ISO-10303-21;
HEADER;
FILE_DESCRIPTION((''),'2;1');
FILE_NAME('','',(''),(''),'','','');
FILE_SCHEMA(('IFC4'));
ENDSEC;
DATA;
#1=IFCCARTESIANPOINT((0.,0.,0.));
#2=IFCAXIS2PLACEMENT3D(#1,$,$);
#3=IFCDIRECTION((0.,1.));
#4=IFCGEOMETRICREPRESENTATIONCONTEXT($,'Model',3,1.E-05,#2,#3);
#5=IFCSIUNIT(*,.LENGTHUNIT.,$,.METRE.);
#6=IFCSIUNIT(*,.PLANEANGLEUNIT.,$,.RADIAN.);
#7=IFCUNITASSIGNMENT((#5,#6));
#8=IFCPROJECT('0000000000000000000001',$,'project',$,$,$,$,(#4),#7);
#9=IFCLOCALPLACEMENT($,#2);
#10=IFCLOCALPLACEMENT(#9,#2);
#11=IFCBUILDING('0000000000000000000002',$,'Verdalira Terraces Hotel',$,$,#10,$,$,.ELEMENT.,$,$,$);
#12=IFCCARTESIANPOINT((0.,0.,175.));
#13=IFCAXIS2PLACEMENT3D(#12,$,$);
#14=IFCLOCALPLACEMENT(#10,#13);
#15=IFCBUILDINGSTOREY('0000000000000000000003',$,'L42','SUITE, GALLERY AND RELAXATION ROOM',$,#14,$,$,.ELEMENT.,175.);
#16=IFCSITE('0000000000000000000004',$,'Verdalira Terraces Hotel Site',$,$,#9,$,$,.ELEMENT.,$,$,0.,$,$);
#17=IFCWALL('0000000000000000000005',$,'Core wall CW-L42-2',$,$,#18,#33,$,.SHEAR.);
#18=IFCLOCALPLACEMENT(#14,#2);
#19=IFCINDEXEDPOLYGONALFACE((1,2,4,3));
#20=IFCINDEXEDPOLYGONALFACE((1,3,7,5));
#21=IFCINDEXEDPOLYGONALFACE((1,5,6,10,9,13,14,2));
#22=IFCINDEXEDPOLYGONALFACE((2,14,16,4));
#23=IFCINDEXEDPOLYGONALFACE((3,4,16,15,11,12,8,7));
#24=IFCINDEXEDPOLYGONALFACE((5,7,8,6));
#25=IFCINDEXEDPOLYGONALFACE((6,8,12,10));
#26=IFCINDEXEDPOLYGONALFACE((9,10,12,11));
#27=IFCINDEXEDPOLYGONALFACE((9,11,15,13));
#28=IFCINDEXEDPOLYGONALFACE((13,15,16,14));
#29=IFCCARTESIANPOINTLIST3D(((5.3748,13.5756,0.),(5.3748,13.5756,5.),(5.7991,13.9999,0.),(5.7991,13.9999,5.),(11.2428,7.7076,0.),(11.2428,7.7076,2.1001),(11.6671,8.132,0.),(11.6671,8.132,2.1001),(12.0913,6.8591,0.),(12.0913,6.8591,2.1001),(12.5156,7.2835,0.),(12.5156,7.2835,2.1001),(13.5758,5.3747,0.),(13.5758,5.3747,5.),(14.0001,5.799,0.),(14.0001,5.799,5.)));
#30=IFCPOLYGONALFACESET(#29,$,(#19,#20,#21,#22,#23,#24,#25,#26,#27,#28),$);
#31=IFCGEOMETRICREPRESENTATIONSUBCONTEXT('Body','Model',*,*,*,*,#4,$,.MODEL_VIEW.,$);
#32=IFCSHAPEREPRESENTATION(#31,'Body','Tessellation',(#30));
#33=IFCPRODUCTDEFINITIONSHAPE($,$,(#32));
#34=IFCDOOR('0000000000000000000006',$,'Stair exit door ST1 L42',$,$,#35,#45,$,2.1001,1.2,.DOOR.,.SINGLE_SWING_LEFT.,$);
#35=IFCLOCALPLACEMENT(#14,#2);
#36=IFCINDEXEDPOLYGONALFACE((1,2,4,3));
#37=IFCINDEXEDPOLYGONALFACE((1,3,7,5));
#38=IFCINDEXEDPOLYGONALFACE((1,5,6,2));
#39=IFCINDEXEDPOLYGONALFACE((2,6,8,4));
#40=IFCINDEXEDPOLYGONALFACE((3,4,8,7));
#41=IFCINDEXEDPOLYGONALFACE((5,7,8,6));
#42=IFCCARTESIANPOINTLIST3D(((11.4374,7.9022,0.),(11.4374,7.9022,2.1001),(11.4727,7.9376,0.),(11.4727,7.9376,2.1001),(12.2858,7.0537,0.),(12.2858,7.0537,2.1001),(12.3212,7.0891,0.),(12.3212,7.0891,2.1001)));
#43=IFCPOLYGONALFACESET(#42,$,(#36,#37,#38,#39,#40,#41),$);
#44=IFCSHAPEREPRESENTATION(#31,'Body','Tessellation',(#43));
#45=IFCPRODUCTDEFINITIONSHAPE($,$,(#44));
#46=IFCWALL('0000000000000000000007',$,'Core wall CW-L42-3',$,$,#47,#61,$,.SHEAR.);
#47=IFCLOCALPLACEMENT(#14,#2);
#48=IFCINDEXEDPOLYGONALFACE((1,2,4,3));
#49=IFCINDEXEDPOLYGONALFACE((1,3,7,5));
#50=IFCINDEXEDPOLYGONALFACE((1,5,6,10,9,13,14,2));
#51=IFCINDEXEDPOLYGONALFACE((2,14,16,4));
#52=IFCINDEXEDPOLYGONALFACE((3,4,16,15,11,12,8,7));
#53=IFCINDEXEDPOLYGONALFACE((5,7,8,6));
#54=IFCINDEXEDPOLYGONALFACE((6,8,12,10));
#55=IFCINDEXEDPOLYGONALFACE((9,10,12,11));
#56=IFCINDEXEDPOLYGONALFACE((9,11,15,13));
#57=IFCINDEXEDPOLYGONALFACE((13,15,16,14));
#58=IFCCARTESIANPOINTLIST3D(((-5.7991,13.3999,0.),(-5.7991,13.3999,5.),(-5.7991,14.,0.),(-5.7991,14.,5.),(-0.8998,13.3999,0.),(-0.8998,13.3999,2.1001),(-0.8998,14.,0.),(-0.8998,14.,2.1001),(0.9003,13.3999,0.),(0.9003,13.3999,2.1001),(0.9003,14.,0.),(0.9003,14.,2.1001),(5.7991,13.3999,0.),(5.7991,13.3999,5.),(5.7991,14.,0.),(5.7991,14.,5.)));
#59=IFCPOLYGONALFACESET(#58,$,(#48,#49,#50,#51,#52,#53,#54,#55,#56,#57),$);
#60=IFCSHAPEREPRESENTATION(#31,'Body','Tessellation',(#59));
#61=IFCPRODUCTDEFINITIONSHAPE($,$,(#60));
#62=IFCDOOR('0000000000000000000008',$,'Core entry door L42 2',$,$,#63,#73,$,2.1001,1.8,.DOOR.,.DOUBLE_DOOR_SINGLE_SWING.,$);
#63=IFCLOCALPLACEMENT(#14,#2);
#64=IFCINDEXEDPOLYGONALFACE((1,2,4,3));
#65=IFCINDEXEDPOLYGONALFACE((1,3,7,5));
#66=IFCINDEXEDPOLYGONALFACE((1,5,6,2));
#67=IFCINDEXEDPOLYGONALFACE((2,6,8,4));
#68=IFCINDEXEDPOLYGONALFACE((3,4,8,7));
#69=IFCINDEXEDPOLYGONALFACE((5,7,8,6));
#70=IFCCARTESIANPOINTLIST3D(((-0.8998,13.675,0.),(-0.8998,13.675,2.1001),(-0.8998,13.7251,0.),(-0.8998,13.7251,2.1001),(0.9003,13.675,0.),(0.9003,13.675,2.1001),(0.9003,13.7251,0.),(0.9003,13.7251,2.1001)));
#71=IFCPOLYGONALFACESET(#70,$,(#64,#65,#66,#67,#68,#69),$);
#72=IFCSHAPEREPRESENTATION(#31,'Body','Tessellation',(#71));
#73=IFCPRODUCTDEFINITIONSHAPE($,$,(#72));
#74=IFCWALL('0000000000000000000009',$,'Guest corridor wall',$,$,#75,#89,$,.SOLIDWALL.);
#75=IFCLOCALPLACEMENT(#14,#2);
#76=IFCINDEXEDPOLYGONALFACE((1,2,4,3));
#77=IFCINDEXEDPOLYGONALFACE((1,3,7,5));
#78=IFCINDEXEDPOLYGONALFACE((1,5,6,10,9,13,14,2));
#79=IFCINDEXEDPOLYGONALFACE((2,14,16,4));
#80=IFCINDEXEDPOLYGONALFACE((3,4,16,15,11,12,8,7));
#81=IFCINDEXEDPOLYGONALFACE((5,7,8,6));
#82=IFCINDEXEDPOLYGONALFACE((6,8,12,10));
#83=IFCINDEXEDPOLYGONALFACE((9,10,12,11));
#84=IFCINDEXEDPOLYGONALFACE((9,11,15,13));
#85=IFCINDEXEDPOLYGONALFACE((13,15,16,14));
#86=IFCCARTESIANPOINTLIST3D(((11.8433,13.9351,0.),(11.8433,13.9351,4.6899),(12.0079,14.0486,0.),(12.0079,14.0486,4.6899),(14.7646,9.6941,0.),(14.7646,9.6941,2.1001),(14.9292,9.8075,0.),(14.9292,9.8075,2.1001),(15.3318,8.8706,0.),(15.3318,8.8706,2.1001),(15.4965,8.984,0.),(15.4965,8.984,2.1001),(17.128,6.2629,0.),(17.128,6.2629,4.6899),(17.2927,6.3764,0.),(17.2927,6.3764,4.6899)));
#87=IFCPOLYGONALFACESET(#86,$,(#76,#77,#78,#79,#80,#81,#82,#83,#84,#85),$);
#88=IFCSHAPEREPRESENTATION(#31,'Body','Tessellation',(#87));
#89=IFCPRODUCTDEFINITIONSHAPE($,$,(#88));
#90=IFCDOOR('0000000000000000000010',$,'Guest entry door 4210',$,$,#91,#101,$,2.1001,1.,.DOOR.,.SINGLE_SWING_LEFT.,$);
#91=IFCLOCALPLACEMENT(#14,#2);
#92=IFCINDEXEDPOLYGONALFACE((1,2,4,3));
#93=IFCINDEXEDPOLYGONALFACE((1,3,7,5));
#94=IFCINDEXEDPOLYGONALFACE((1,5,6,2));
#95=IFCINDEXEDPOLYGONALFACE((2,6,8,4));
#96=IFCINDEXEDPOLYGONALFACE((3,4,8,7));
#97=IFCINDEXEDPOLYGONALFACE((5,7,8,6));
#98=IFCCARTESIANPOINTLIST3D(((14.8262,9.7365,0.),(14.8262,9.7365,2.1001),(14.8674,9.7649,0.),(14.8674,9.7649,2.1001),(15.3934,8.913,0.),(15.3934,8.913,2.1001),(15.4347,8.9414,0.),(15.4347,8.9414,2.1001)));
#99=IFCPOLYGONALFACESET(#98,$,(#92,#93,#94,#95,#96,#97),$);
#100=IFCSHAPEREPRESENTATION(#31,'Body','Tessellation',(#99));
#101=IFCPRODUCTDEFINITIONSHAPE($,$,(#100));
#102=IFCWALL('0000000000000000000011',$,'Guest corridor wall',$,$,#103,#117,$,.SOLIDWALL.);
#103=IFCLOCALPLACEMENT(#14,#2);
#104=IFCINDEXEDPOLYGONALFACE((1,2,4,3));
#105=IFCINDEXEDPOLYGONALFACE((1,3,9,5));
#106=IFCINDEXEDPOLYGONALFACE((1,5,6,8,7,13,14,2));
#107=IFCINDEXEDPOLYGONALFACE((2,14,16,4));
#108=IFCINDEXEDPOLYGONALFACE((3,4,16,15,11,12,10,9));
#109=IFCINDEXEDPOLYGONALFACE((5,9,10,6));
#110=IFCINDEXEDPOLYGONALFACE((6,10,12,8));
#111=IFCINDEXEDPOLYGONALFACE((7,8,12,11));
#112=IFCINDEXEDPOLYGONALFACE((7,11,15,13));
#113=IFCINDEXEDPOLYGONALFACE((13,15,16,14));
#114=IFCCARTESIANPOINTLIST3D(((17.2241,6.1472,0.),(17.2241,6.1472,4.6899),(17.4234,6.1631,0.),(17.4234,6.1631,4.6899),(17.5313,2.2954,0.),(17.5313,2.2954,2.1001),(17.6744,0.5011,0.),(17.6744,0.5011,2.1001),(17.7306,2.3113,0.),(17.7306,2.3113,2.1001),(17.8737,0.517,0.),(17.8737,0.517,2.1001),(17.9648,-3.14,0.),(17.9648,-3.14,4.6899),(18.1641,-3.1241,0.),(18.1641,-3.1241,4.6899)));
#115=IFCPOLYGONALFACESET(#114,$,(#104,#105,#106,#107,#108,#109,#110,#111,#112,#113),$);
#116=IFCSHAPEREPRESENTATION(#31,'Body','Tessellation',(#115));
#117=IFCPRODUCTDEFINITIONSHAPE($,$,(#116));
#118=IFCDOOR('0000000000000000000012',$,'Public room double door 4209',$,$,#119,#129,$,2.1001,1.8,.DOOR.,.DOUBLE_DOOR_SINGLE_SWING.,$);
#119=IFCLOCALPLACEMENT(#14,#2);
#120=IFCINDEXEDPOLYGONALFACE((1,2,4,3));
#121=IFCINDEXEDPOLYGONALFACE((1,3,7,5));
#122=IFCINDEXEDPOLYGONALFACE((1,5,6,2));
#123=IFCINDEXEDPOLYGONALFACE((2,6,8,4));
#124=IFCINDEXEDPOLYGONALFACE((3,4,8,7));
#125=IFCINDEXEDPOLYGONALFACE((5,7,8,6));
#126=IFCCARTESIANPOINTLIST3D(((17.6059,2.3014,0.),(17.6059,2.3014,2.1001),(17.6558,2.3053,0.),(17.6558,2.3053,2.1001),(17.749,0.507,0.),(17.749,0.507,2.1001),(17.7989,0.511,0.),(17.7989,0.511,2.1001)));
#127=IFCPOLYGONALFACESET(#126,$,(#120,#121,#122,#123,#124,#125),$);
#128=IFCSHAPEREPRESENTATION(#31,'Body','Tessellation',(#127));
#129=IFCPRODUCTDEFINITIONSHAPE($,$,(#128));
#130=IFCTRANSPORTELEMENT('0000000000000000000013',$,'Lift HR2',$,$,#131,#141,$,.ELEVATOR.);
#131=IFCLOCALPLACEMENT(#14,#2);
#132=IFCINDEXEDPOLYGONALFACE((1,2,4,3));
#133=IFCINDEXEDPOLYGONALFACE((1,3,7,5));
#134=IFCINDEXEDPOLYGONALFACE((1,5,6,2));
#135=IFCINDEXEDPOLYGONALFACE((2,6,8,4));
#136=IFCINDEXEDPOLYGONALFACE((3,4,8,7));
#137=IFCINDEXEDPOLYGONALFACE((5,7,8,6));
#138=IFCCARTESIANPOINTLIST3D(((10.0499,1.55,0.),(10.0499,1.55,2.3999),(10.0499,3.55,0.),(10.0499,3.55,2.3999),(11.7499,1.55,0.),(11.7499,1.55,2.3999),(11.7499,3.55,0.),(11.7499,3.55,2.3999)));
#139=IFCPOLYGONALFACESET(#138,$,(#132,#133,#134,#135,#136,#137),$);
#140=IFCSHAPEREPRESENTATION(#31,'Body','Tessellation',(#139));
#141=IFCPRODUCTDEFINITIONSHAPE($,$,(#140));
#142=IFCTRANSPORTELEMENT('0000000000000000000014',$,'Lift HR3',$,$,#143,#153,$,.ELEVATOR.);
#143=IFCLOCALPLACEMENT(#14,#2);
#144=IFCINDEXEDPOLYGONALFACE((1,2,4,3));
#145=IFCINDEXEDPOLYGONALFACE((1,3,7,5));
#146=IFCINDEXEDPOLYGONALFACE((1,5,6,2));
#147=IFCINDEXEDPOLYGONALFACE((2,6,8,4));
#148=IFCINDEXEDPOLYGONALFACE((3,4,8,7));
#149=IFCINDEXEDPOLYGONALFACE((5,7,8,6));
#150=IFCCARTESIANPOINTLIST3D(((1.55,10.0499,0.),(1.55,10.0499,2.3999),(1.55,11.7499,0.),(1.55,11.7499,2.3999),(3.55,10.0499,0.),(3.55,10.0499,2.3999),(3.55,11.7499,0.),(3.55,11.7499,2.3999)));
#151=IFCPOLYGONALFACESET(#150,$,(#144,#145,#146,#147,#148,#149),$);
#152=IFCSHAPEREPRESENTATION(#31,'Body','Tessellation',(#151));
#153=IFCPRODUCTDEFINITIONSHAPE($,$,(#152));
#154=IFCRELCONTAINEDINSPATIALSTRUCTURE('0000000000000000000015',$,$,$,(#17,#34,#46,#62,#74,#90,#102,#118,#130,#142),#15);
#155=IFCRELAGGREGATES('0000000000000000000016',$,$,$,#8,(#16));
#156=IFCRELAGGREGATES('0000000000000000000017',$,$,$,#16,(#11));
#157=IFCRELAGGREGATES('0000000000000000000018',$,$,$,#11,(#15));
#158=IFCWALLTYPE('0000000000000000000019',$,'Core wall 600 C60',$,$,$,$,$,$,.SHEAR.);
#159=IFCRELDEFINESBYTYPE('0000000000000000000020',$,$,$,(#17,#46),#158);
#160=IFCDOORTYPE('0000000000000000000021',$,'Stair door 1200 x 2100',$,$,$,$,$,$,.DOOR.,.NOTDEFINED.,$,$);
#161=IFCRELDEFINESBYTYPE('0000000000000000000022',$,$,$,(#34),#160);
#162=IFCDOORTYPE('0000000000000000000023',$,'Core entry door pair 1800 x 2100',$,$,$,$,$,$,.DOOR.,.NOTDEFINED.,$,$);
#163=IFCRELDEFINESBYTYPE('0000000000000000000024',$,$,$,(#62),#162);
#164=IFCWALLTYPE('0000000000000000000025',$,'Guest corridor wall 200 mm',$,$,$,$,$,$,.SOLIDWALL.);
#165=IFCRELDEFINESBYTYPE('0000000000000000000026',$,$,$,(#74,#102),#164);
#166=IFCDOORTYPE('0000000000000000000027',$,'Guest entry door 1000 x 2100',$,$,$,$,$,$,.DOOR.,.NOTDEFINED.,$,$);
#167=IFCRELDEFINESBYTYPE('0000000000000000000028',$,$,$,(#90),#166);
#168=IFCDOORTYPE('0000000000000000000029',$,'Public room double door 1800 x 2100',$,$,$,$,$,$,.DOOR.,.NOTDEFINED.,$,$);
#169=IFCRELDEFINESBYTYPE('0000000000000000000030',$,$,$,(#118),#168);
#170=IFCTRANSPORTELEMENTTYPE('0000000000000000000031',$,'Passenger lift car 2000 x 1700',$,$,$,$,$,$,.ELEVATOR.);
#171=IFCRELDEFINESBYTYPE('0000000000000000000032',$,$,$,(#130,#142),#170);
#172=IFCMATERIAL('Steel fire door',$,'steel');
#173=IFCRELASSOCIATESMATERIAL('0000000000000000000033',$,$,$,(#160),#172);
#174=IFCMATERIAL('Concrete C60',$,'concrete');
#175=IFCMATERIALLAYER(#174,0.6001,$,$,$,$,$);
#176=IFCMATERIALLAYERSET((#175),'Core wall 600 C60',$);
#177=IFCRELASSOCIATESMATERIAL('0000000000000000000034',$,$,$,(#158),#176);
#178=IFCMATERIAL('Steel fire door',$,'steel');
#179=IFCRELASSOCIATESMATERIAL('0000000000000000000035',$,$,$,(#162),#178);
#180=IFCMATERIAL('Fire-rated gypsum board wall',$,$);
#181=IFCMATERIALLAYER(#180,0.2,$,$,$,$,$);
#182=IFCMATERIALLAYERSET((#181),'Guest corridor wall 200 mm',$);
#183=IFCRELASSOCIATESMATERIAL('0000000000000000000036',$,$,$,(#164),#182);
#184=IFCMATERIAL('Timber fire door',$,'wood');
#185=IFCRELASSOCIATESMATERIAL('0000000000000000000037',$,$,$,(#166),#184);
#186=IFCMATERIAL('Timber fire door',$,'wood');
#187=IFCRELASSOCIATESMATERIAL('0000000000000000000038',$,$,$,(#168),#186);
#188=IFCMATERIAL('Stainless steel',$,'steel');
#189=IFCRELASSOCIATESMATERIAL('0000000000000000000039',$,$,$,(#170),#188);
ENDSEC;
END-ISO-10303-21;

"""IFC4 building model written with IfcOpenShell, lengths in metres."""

from ifc_helpers import new_model, si_unit, direction, frame, frame_2d, origin, origin_2d, place, context, subcontext, project, spatial, rectangle, extrude, material, layer, layer_set, type_object, element, fill, save


model = new_model("IFC4")

# Units and contexts
model_context = context("Model", 3, precision=1e-05, world=origin(), true_north=direction((0.0, 1.0)))
body_context = subcontext(model_context, "Body", "Model", "MODEL_VIEW")
ifc_project = project(units=[si_unit("LENGTHUNIT", "METRE"), si_unit("PLANEANGLEUNIT", "RADIAN")], contexts=[model_context])

# Site, building, storey
site_placement = place(None, origin())
site = spatial("IfcSite", under=ifc_project, at=site_placement, Name="Verdalira Terraces Hotel Site", CompositionType="ELEMENT", RefElevation=0.0)
building_placement = place(site_placement, origin())
building = spatial("IfcBuilding", under=site, at=building_placement, Name="Verdalira Terraces Hotel", CompositionType="ELEMENT")
storey_placement = place(building_placement, frame((0.0, 0.0, 175.0)))
storey = spatial("IfcBuildingStorey", under=building, at=storey_placement, Name="L42", Description="SUITE, GALLERY AND RELAXATION ROOM", CompositionType="ELEMENT", Elevation=175.0)

# Shared definitions
ifc_material_1 = material(Name="Steel fire door", Category="steel")
door_type_1 = type_object("IfcDoorType", Name="Stair door 1200 x 2100", OperationType="NOTDEFINED", PredefinedType="DOOR", material=ifc_material_1)

# Walls, openings, doors
ifc_material_2 = material(Name="Concrete C60", Category="concrete")
ifc_layer_1 = layer(ifc_material_2, 0.6001)
ifc_layer_set_1 = layer_set([ifc_layer_1], Name="Core wall 600 C60")
wall_type_1 = type_object("IfcWallType", Name="Core wall 600 C60", PredefinedType="SHEAR", material=ifc_layer_set_1)
wall_1_placement = place(storey_placement, frame((13.7878, 5.5869, 0.0), z_axis=(0.0, 0.0, 1.0), x_axis=(-0.707107, 0.707107, 0.0)))
wall_1 = element("IfcWall", 1, at=wall_1_placement, inside=storey, type_object=wall_type_1, Name="Core wall CW-L42-2", PredefinedType="SHEAR", context=body_context, shape_type="SweptSolid", body=[
    extrude(rectangle(XDim=11.5979, YDim=0.6001, at=frame_2d((5.7988, 0.0))), origin(), (0.0, 0.0, 1.0), 5.0),
])
opening_1_placement = place(wall_1_placement, frame((2.0991, 0.0, 0.0)))
opening_1 = element("IfcOpeningElement", 2, at=opening_1_placement, cuts=wall_1, PredefinedType="OPENING", context=body_context, shape_type="SweptSolid", body=[
    extrude(rectangle(XDim=1.2, YDim=2.1001, at=frame_2d((0.6001, 1.05))), frame((0.0, 0.3101, 0.0), z_axis=(0.0, -1.0, 0.0), x_axis=(1.0, 0.0, 0.0)), (0.0, 0.0, 1.0), 0.6201),
])
door_1_placement = place(opening_1_placement, origin())
door_1 = element("IfcDoor", 3, at=door_1_placement, inside=storey, type_object=door_type_1, Name="Stair exit door ST1 L42", OperationType="SINGLE_SWING_LEFT", OverallHeight=2.1001, OverallWidth=1.2, PredefinedType="DOOR", context=body_context, shape_type="SweptSolid", body=[
    extrude(rectangle(XDim=1.2, YDim=2.1001, at=frame_2d((0.6001, 1.05))), frame((0.0, 0.0249, 0.0), z_axis=(0.0, -1.0, 0.0), x_axis=(1.0, 0.0, 0.0)), (0.0, 0.0, 1.0), 0.05),
])
fill(opening_1, door_1)
wall_2_placement = place(storey_placement, frame((5.7991, 13.7, 0.0), z_axis=(0.0, 0.0, 1.0), x_axis=(-1.0, 0.0, 0.0)))
wall_2 = element("IfcWall", 4, at=wall_2_placement, inside=storey, type_object=wall_type_1, Name="Core wall CW-L42-3", PredefinedType="SHEAR", context=body_context, shape_type="SweptSolid", body=[
    extrude(rectangle(XDim=11.5981, YDim=0.6001, at=frame_2d((5.7991, 0.0))), origin(), (0.0, 0.0, 1.0), 5.0),
])
opening_2_placement = place(wall_2_placement, frame((4.8989, 0.0, 0.0)))
opening_2 = element("IfcOpeningElement", 5, at=opening_2_placement, cuts=wall_2, PredefinedType="OPENING", context=body_context, shape_type="SweptSolid", body=[
    extrude(rectangle(XDim=1.8, YDim=2.1001, at=frame_2d((0.8999, 1.05))), frame((0.0, 0.3101, 0.0), z_axis=(0.0, -1.0, 0.0), x_axis=(1.0, 0.0, 0.0)), (0.0, 0.0, 1.0), 0.6201),
])
ifc_material_3 = material(Name="Steel fire door", Category="steel")
door_type_2 = type_object("IfcDoorType", Name="Core entry door pair 1800 x 2100", OperationType="NOTDEFINED", PredefinedType="DOOR", material=ifc_material_3)
door_2_placement = place(opening_2_placement, origin())
door_2 = element("IfcDoor", 6, at=door_2_placement, inside=storey, type_object=door_type_2, Name="Core entry door L42 2", OperationType="DOUBLE_DOOR_SINGLE_SWING", OverallHeight=2.1001, OverallWidth=1.8, PredefinedType="DOOR", context=body_context, shape_type="SweptSolid", body=[
    extrude(rectangle(XDim=1.8, YDim=2.1001, at=frame_2d((0.8999, 1.05))), frame((0.0, 0.0249, 0.0), z_axis=(0.0, -1.0, 0.0), x_axis=(1.0, 0.0, 0.0)), (0.0, 0.0, 1.0), 0.05),
])
fill(opening_2, door_2)
ifc_material_4 = material(Name="Fire-rated gypsum board wall")
ifc_layer_2 = layer(ifc_material_4, 0.2)
ifc_layer_set_2 = layer_set([ifc_layer_2], Name="Guest corridor wall 200 mm")
wall_type_2 = type_object("IfcWallType", Name="Guest corridor wall 200 mm", PredefinedType="SOLIDWALL", material=ifc_layer_set_2)
wall_3_placement = place(storey_placement, frame((11.9255, 13.9919, 0.0), z_axis=(0.0, 0.0, 1.0), x_axis=(0.567264, -0.823536, 0.0)))
wall_3 = element("IfcWall", 7, at=wall_3_placement, inside=storey, type_object=wall_type_2, Name="Guest corridor wall", PredefinedType="SOLIDWALL", context=body_context, shape_type="SweptSolid", body=[
    extrude(rectangle(XDim=9.3162, YDim=0.2, at=frame_2d((4.6582, 0.0))), origin(), (0.0, 0.0, 1.0), 4.6899),
])
opening_3_placement = place(wall_3_placement, frame((5.1499, 0.0, 0.0)))
opening_3 = element("IfcOpeningElement", 8, at=opening_3_placement, cuts=wall_3, PredefinedType="OPENING", context=body_context, shape_type="SweptSolid", body=[
    extrude(rectangle(XDim=1.0, YDim=2.1001, at=frame_2d((0.5, 1.05))), frame((0.0, 0.1099, 0.0), z_axis=(0.0, -1.0, 0.0), x_axis=(1.0, 0.0, 0.0)), (0.0, 0.0, 1.0), 0.22),
])
ifc_material_5 = material(Name="Timber fire door", Category="wood")
door_type_3 = type_object("IfcDoorType", Name="Guest entry door 1000 x 2100", OperationType="NOTDEFINED", PredefinedType="DOOR", material=ifc_material_5)
door_3_placement = place(opening_3_placement, origin())
door_3 = element("IfcDoor", 9, at=door_3_placement, inside=storey, type_object=door_type_3, Name="Guest entry door 4210", OperationType="SINGLE_SWING_LEFT", OverallHeight=2.1001, OverallWidth=1.0, PredefinedType="DOOR", context=body_context, shape_type="SweptSolid", body=[
    extrude(rectangle(XDim=1.0, YDim=2.1001, at=frame_2d((0.5, 1.05))), frame((0.0, 0.0249, 0.0), z_axis=(0.0, -1.0, 0.0), x_axis=(1.0, 0.0, 0.0)), (0.0, 0.0, 1.0), 0.05),
])
fill(opening_3, door_3)
wall_4_placement = place(storey_placement, frame((17.3237, 6.155, 0.0), z_axis=(0.0, 0.0, 1.0), x_axis=(0.079506, -0.996834, 0.0)))
wall_4 = element("IfcWall", 10, at=wall_4_placement, inside=storey, type_object=wall_type_2, Name="Guest corridor wall", PredefinedType="SOLIDWALL", context=body_context, shape_type="SweptSolid", body=[
    extrude(rectangle(XDim=9.3166, YDim=0.2, at=frame_2d((4.6582, 0.0))), origin(), (0.0, 0.0, 1.0), 4.6899),
])
opening_4_placement = place(wall_4_placement, frame((3.864, 0.0, 0.0)))
opening_4 = element("IfcOpeningElement", 11, at=opening_4_placement, cuts=wall_4, PredefinedType="OPENING", context=body_context, shape_type="SweptSolid", body=[
    extrude(rectangle(XDim=1.8, YDim=2.1001, at=frame_2d((0.8999, 1.05))), frame((0.0, 0.1099, 0.0), z_axis=(0.0, -1.0, 0.0), x_axis=(1.0, 0.0, 0.0)), (0.0, 0.0, 1.0), 0.22),
])
ifc_material_6 = material(Name="Timber fire door", Category="wood")
door_type_4 = type_object("IfcDoorType", Name="Public room double door 1800 x 2100", OperationType="NOTDEFINED", PredefinedType="DOOR", material=ifc_material_6)
door_4_placement = place(opening_4_placement, origin())
door_4 = element("IfcDoor", 12, at=door_4_placement, inside=storey, type_object=door_type_4, Name="Public room double door 4209", OperationType="DOUBLE_DOOR_SINGLE_SWING", OverallHeight=2.1001, OverallWidth=1.8, PredefinedType="DOOR", context=body_context, shape_type="SweptSolid", body=[
    extrude(rectangle(XDim=1.8, YDim=2.1001, at=frame_2d((0.8999, 1.05))), frame((0.0, 0.0249, 0.0), z_axis=(0.0, -1.0, 0.0), x_axis=(1.0, 0.0, 0.0)), (0.0, 0.0, 1.0), 0.05),
])
fill(opening_4, door_4)

# Transport elements
ifc_material_7 = material(Name="Stainless steel", Category="steel")
transport_element_type = type_object("IfcTransportElementType", Name="Passenger lift car 2000 x 1700", PredefinedType="ELEVATOR", material=ifc_material_7)
for number, where, z_axis, x_axis, name in (
    (13, (10.8999, 2.55, 0.0), (0.0, 0.0, 1.0), (0.0, 1.0, 0.0), "Lift HR2"),
    (14, (2.55, 10.8999, 0.0), (0.0, 0.0, 1.0), (-1.0, 0.0, 0.0), "Lift HR3"),
):
    element("IfcTransportElement", number, at=place(storey_placement, frame(where, z_axis=z_axis, x_axis=x_axis)), inside=storey, type_object=transport_element_type, Name=name, PredefinedType="ELEVATOR", context=body_context, shape_type="SweptSolid", body=[
        extrude(rectangle(XDim=2.0, YDim=1.7, at=origin_2d()), origin(), (0.0, 0.0, 1.0), 2.3999),
    ])

save(model, "model.ifc")
